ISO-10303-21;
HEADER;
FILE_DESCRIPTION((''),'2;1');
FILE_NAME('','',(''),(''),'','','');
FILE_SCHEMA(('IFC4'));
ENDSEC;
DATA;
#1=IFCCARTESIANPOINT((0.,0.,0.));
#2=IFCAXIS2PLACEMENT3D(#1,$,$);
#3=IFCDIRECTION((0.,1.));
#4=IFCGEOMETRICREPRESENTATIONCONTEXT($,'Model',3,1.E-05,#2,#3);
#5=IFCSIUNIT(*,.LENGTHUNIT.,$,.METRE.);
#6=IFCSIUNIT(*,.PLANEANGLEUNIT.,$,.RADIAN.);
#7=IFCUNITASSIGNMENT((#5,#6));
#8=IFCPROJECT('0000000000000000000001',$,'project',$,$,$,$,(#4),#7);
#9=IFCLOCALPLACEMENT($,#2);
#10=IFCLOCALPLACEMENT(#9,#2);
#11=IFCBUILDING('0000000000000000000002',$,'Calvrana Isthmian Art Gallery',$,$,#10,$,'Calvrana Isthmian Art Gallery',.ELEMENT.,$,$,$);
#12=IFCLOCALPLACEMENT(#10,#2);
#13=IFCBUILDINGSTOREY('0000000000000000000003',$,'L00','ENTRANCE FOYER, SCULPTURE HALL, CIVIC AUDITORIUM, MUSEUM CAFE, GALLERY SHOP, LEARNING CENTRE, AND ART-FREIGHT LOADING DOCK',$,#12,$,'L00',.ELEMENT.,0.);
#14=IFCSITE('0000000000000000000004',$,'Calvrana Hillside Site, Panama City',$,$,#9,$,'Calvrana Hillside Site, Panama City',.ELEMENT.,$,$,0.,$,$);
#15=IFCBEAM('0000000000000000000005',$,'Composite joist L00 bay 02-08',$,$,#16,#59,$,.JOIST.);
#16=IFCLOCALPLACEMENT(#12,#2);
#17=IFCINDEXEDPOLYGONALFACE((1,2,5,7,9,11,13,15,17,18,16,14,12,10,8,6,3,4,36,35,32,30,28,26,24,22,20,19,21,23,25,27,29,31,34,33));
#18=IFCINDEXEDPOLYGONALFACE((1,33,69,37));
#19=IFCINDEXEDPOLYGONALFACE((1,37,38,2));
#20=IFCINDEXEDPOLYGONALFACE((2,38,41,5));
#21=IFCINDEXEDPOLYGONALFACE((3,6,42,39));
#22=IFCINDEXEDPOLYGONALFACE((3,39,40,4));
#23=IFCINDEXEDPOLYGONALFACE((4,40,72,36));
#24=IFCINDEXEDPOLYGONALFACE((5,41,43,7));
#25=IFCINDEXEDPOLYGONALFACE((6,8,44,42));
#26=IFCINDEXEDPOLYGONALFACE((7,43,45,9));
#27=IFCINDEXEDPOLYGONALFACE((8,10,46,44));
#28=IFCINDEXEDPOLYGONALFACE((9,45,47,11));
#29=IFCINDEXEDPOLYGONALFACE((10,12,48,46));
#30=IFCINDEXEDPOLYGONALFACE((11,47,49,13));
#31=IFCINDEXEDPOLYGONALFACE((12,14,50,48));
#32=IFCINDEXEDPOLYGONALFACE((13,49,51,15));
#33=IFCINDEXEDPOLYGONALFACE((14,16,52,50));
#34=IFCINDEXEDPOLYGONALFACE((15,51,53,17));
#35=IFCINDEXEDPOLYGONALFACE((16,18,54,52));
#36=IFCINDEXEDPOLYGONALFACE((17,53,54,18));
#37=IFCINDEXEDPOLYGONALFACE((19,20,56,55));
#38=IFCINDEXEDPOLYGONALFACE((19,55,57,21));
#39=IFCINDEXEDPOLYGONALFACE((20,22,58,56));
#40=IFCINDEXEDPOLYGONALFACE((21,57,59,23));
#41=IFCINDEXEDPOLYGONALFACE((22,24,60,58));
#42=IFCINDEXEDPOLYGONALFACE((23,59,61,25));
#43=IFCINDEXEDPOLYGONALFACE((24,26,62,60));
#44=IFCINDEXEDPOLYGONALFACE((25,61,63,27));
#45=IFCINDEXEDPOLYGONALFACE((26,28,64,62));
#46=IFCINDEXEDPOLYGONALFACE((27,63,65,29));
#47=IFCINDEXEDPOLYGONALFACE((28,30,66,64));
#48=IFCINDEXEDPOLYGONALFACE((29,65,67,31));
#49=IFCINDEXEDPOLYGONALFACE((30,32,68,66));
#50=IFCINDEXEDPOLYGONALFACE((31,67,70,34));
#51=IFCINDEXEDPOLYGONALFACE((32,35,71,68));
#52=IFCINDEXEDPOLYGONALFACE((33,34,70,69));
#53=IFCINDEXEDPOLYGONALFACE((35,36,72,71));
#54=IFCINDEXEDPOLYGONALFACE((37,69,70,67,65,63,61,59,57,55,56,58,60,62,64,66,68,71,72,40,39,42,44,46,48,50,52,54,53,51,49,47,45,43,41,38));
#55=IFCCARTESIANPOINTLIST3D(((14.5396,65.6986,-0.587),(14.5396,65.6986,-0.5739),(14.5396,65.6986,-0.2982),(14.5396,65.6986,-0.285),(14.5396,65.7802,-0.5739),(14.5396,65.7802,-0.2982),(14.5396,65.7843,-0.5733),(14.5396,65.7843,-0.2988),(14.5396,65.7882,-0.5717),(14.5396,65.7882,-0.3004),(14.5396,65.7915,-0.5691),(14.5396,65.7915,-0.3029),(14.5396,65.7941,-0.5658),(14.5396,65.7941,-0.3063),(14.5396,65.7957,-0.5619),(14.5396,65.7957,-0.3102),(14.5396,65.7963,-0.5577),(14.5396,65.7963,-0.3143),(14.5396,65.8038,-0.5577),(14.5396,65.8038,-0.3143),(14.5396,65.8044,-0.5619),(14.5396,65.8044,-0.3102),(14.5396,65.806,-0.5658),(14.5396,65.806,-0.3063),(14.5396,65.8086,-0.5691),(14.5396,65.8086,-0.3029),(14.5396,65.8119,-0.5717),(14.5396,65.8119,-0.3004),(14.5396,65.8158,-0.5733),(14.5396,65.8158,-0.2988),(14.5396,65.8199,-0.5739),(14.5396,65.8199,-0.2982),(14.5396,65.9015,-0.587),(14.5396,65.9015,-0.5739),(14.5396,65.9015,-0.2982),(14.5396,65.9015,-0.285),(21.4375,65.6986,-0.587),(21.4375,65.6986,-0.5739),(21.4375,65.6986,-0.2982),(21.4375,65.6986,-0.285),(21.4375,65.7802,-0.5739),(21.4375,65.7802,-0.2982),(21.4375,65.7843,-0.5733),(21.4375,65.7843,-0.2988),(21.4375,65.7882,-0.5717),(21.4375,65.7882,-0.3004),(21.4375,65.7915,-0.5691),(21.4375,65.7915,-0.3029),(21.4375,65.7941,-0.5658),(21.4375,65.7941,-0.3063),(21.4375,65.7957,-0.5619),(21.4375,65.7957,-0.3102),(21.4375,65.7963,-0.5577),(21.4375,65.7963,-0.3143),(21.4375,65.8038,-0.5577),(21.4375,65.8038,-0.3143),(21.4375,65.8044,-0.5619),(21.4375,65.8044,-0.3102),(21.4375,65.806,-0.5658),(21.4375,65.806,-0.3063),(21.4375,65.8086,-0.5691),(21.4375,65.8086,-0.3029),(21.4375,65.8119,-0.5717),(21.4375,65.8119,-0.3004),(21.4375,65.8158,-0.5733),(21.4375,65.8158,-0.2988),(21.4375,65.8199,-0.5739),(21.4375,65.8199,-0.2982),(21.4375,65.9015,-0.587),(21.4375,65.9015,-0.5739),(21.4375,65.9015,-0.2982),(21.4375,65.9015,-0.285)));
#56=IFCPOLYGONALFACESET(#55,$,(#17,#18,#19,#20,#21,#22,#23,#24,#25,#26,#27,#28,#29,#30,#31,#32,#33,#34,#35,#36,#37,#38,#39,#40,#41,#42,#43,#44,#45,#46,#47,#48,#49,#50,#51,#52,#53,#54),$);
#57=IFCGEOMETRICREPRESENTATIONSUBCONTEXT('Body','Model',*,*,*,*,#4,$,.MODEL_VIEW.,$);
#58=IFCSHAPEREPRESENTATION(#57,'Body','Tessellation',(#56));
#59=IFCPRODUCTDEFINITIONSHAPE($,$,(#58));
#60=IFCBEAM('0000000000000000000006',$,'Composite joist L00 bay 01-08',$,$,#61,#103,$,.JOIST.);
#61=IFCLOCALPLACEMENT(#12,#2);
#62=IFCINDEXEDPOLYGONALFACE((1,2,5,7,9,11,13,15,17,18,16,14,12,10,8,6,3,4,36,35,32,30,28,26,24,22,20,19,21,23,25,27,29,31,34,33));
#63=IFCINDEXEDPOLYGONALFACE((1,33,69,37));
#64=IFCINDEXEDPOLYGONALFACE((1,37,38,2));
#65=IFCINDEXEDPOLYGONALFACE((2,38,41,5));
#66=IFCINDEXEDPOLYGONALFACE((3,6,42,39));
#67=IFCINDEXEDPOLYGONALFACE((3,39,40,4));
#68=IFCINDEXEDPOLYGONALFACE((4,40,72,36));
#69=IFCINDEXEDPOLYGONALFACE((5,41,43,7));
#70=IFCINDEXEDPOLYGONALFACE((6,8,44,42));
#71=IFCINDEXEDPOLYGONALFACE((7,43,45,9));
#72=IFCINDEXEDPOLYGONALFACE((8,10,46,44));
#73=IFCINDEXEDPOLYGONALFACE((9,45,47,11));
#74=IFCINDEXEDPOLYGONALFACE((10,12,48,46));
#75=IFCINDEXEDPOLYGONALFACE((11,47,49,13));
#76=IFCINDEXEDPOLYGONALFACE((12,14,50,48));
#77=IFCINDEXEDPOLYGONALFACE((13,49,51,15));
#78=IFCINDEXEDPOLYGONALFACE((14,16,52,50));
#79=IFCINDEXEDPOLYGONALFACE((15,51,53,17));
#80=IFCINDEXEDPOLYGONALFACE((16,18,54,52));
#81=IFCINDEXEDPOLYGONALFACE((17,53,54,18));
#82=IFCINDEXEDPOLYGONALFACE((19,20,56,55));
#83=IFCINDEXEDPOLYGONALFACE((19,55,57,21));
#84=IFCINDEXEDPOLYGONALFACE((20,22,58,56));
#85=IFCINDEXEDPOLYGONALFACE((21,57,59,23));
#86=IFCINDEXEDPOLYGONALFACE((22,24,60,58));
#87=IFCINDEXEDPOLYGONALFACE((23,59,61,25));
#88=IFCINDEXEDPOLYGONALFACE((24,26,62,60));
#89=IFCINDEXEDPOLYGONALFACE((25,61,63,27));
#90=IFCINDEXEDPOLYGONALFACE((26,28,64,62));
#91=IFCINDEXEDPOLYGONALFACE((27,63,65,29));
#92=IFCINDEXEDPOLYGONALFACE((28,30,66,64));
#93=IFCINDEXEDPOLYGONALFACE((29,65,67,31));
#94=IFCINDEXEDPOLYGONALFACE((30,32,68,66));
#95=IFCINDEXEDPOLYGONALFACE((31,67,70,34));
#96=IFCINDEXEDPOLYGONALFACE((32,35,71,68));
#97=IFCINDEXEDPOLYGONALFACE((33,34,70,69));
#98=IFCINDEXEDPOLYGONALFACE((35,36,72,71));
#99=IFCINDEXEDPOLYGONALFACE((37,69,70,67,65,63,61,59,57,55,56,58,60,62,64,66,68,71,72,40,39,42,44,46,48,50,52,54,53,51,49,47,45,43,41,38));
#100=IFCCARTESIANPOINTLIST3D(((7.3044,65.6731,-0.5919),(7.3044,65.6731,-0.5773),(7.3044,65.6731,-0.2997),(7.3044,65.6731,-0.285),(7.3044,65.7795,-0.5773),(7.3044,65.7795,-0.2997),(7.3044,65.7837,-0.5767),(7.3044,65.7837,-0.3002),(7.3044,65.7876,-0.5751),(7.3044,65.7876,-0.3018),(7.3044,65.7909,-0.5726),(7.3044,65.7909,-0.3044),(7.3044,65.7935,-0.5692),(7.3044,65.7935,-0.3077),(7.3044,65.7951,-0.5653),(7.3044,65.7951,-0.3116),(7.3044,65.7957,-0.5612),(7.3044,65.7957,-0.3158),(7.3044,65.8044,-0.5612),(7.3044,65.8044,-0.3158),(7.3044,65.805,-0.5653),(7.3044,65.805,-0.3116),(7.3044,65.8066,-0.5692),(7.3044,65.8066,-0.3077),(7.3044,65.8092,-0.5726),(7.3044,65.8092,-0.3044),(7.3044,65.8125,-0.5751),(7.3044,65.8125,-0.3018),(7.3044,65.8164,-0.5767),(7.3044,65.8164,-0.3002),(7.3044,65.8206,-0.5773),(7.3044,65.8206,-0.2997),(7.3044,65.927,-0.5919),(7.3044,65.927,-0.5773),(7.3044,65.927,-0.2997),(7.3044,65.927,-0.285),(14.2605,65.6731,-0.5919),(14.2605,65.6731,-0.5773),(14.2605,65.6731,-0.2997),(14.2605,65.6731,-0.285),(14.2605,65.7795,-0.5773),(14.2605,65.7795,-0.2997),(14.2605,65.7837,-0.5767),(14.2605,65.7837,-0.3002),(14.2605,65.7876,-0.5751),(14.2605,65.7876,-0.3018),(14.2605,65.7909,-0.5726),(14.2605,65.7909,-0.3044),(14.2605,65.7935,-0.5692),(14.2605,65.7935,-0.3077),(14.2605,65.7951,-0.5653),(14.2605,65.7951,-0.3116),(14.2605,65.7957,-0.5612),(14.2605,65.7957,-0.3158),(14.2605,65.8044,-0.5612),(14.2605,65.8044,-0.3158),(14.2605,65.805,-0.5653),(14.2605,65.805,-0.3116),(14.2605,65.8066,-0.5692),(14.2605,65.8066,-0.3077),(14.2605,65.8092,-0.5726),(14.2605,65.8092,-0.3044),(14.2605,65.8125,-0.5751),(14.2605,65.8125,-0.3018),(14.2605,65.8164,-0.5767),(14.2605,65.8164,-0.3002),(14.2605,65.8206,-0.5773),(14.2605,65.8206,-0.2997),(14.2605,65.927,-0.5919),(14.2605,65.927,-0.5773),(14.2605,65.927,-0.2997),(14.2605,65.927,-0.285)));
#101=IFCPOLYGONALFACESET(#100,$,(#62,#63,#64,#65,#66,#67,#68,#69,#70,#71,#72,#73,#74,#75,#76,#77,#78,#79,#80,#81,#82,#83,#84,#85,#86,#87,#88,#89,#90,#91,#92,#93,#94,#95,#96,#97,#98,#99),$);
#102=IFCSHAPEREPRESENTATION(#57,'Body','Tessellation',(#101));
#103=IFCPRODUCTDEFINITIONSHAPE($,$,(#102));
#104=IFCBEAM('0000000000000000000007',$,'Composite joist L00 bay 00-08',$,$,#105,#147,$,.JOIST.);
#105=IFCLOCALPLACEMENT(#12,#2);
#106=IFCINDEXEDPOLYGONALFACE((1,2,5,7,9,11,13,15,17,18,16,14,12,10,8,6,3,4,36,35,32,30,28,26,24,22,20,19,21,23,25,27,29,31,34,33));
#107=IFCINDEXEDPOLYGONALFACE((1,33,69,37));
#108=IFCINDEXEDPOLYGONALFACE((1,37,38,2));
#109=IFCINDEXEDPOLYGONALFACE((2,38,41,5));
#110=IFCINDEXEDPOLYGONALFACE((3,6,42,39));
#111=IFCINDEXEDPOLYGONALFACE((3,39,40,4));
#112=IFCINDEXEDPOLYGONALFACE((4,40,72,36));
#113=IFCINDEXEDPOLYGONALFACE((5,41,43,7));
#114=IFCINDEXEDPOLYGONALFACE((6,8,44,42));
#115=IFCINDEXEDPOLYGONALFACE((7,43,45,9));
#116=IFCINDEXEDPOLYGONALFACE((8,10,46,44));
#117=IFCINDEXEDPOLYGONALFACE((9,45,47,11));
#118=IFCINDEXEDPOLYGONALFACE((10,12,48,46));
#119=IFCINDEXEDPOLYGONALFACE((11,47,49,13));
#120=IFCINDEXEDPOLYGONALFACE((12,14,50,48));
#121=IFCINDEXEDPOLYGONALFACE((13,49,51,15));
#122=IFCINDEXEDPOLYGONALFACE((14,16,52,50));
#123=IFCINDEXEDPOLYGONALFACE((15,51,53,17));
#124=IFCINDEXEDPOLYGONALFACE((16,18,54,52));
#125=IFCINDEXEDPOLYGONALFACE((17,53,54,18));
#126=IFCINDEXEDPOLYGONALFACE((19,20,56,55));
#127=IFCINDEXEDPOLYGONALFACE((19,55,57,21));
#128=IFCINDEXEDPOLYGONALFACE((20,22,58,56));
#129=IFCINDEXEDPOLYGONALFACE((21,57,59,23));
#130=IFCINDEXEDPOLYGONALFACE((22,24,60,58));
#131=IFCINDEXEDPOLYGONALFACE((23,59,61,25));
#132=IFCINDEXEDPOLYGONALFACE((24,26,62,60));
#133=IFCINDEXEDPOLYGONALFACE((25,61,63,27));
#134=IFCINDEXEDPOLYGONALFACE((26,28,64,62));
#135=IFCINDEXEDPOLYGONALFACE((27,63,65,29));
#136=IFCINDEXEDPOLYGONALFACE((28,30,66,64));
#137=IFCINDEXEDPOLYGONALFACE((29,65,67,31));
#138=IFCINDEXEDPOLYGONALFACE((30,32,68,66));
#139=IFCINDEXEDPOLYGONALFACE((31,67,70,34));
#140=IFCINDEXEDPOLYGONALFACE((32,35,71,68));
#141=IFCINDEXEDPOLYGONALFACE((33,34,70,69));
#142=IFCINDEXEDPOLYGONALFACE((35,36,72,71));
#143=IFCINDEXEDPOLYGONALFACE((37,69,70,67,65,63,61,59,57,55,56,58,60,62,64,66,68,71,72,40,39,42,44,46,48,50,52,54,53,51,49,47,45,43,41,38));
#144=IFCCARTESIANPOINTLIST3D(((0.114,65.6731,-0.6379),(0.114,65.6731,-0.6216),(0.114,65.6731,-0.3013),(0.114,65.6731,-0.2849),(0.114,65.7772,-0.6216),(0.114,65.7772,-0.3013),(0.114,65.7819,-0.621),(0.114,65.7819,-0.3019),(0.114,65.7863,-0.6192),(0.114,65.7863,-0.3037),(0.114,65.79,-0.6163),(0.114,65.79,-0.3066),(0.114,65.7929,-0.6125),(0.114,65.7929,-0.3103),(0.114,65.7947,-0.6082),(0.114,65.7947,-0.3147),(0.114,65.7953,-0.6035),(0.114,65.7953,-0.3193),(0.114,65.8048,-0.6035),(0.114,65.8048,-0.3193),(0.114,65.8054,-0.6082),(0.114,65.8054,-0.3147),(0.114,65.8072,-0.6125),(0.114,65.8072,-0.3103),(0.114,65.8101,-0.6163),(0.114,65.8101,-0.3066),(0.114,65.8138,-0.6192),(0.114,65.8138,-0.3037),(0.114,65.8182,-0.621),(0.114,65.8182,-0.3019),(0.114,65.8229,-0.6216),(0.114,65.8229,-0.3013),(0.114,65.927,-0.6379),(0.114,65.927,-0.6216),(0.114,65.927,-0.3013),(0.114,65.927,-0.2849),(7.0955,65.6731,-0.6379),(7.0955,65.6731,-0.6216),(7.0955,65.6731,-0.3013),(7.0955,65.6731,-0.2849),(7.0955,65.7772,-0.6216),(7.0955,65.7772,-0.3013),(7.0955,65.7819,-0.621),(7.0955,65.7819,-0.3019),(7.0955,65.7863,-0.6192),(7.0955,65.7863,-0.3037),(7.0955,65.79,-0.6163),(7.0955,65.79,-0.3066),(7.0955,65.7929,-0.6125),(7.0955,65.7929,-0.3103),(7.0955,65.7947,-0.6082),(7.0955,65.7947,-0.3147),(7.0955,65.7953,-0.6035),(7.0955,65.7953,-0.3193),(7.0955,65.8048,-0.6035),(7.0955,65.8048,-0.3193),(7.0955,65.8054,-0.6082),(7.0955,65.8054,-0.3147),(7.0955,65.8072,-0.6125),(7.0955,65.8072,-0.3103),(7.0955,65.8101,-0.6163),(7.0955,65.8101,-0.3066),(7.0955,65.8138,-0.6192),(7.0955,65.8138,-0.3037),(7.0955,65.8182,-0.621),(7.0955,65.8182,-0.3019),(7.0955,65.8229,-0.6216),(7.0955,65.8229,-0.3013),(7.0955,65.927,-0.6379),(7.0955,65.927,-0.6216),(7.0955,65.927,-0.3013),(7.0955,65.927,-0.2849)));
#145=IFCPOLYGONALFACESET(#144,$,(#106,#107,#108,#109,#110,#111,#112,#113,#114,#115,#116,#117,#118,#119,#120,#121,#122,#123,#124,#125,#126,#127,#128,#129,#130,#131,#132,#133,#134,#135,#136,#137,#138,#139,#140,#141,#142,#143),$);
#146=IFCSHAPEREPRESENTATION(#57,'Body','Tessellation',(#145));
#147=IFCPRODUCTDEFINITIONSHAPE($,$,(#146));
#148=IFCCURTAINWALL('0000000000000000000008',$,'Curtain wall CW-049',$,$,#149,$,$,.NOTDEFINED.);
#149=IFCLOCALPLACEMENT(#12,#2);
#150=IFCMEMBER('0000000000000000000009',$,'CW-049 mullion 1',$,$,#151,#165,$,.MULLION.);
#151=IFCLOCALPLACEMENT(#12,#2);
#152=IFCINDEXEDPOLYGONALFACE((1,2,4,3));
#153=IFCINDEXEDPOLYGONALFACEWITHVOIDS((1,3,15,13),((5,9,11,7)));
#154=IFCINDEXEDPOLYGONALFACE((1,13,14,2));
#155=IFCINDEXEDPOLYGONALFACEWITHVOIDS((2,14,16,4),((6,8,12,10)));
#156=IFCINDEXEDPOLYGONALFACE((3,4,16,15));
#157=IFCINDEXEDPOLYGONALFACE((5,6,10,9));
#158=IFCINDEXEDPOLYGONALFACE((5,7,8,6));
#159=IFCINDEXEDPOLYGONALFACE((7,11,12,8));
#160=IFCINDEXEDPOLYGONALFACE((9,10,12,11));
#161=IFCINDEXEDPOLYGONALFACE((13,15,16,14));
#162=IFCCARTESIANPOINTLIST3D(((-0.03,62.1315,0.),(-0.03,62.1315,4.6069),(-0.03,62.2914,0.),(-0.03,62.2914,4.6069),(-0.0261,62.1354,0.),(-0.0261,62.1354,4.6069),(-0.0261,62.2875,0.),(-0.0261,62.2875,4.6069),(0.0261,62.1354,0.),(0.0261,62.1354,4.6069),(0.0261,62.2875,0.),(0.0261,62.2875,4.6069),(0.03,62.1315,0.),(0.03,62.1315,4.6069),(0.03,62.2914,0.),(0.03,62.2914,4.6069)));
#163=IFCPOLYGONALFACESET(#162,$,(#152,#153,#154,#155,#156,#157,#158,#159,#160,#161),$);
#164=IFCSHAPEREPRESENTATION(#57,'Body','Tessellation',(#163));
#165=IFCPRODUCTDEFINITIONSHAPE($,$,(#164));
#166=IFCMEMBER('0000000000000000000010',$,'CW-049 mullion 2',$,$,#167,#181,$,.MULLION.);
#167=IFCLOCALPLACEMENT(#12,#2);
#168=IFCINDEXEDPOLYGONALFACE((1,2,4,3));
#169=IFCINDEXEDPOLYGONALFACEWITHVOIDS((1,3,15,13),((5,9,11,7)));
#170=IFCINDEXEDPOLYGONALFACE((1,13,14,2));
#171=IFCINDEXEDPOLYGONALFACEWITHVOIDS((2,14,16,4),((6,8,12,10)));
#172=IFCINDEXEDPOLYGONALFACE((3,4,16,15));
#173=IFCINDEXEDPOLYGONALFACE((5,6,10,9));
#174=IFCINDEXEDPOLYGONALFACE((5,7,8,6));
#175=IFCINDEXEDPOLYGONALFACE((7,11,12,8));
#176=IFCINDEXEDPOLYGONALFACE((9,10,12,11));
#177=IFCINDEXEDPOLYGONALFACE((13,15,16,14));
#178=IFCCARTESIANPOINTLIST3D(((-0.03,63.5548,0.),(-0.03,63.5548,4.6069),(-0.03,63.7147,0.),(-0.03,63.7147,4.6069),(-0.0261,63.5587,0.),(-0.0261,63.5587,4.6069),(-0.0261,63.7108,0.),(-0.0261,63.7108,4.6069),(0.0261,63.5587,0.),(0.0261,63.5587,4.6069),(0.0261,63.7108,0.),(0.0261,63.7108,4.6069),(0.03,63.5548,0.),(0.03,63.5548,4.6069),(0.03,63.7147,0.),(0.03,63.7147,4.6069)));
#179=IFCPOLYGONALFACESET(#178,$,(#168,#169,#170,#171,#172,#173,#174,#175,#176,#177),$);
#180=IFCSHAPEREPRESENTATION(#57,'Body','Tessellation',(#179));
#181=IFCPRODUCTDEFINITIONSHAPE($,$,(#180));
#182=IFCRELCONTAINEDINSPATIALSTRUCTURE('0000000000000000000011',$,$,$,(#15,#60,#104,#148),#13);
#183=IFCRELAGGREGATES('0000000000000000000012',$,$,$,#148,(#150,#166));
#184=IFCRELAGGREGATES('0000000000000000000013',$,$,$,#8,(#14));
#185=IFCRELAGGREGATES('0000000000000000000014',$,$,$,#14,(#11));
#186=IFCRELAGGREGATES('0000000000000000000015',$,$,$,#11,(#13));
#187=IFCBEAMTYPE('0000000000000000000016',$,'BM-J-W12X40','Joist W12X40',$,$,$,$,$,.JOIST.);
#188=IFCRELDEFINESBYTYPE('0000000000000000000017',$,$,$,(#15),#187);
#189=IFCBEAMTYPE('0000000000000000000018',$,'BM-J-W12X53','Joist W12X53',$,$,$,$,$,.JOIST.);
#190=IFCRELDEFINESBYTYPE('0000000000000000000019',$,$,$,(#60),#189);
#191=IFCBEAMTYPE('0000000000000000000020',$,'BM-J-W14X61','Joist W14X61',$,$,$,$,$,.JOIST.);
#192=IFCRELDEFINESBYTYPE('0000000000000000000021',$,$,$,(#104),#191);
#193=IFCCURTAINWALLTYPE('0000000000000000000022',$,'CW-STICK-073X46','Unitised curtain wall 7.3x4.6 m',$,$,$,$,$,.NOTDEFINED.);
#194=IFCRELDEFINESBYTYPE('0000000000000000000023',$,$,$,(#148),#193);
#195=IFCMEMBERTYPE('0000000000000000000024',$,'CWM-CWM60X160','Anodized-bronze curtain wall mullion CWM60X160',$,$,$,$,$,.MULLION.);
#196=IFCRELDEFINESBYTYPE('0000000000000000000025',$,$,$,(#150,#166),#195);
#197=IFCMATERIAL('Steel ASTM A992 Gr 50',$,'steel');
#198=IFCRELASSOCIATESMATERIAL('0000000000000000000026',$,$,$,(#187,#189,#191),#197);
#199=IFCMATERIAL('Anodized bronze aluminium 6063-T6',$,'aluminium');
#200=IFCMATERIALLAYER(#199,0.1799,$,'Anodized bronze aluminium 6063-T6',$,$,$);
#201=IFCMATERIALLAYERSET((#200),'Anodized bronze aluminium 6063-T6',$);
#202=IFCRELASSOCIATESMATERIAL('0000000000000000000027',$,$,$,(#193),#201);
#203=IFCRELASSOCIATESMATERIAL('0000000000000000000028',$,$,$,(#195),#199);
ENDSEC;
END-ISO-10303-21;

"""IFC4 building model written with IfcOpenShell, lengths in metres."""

from ifc_helpers import new_model, si_unit, direction, frame, origin, origin_2d, place, context, subcontext, project, spatial, hollow_rectangle, i_section, extrude, material, layer, layer_set, material_profile, profile_set, type_object, element, aggregate, save


model = new_model("IFC4")

# Units and contexts
model_context = context("Model", 3, precision=1e-05, world=origin(), true_north=direction((0.0, 1.0)))
body_context = subcontext(model_context, "Body", "Model", "MODEL_VIEW")
ifc_project = project(units=[si_unit("LENGTHUNIT", "METRE"), si_unit("PLANEANGLEUNIT", "RADIAN")], contexts=[model_context])

# Site, building, storey
site_placement = place(None, origin())
site = spatial("IfcSite", under=ifc_project, at=site_placement, Name="Calvrana Hillside Site, Panama City", LongName="Calvrana Hillside Site, Panama City", CompositionType="ELEMENT", RefElevation=0.0)
building_placement = place(site_placement, origin())
building = spatial("IfcBuilding", under=site, at=building_placement, Name="Calvrana Isthmian Art Gallery", LongName="Calvrana Isthmian Art Gallery", CompositionType="ELEMENT")
storey_placement = place(building_placement, origin())
storey = spatial("IfcBuildingStorey", under=building, at=storey_placement, Name="L00", Description="ENTRANCE FOYER, SCULPTURE HALL, CIVIC AUDITORIUM, MUSEUM CAFE, GALLERY SHOP, LEARNING CENTRE, AND ART-FREIGHT LOADING DOCK", LongName="L00", CompositionType="ELEMENT", Elevation=0.0)

# Beams
ifc_material_1 = material(Name="Steel ASTM A992 Gr 50", Category="steel")
ifc_material_profile_1 = material_profile(ifc_material_1, i_section(OverallWidth=0.2029, OverallDepth=0.302, WebThickness=0.0076, FlangeThickness=0.0132, FilletRadius=0.0161, at=origin_2d()), Name="W12X40")
ifc_profile_set_1 = profile_set([ifc_material_profile_1], Name="Steel ASTM A992 Gr 50")
beam_type_1 = type_object("IfcBeamType", Name="BM-J-W12X40", Description="Joist W12X40", PredefinedType="JOIST", material=ifc_profile_set_1)
beam_1_placement = place(storey_placement, frame((14.5396, 65.8, -0.436), z_axis=(1.0, 0.0, 0.0), x_axis=(0.0, 1.0, 0.0)))
element("IfcBeam", 1, at=beam_1_placement, inside=storey, type_object=beam_type_1, Name="Composite joist L00 bay 02-08", PredefinedType="JOIST", context=body_context, shape_type="SweptSolid", body=[
    extrude(i_section(OverallWidth=0.2029, OverallDepth=0.302, WebThickness=0.0076, FlangeThickness=0.0132, FilletRadius=0.0161, at=origin_2d()), origin(), (0.0, 0.0, 1.0), 6.8979),
])
ifc_material_profile_2 = material_profile(ifc_material_1, i_section(OverallWidth=0.2539, OverallDepth=0.3069, WebThickness=0.0088, FlangeThickness=0.0146, FilletRadius=0.0161, at=origin_2d()), Name="W12X53")
ifc_profile_set_2 = profile_set([ifc_material_profile_2], Name="Steel ASTM A992 Gr 50")
beam_type_2 = type_object("IfcBeamType", Name="BM-J-W12X53", Description="Joist W12X53", PredefinedType="JOIST", material=ifc_profile_set_2)
beam_2_placement = place(storey_placement, frame((7.3044, 65.8, -0.4385), z_axis=(1.0, 0.0, 0.0), x_axis=(0.0, 1.0, 0.0)))
element("IfcBeam", 2, at=beam_2_placement, inside=storey, type_object=beam_type_2, Name="Composite joist L00 bay 01-08", PredefinedType="JOIST", context=body_context, shape_type="SweptSolid", body=[
    extrude(i_section(OverallWidth=0.2539, OverallDepth=0.3069, WebThickness=0.0088, FlangeThickness=0.0146, FilletRadius=0.0161, at=origin_2d()), origin(), (0.0, 0.0, 1.0), 6.9561),
])
ifc_material_profile_3 = material_profile(ifc_material_1, i_section(OverallWidth=0.2539, OverallDepth=0.353, WebThickness=0.0095, FlangeThickness=0.0164, FilletRadius=0.0181, at=origin_2d()), Name="W14X61")
ifc_profile_set_3 = profile_set([ifc_material_profile_3], Name="Steel ASTM A992 Gr 50")
beam_type_3 = type_object("IfcBeamType", Name="BM-J-W14X61", Description="Joist W14X61", PredefinedType="JOIST", material=ifc_profile_set_3)
beam_3_placement = place(storey_placement, frame((0.114, 65.8, -0.4614), z_axis=(1.0, 0.0, 0.0), x_axis=(0.0, 1.0, 0.0)))
element("IfcBeam", 3, at=beam_3_placement, inside=storey, type_object=beam_type_3, Name="Composite joist L00 bay 00-08", PredefinedType="JOIST", context=body_context, shape_type="SweptSolid", body=[
    extrude(i_section(OverallWidth=0.2539, OverallDepth=0.353, WebThickness=0.0095, FlangeThickness=0.0164, FilletRadius=0.0181, at=origin_2d()), origin(), (0.0, 0.0, 1.0), 6.9814),
])

# Curtain wall, members
ifc_material_2 = material(Name="Anodized bronze aluminium 6063-T6", Category="aluminium")
ifc_layer_1 = layer(ifc_material_2, 0.1799, Name="Anodized bronze aluminium 6063-T6")
ifc_layer_set_1 = layer_set([ifc_layer_1], Name="Anodized bronze aluminium 6063-T6")
curtain_wall_type = type_object("IfcCurtainWallType", Name="CW-STICK-073X46", Description="Unitised curtain wall 7.3x4.6 m", PredefinedType="NOTDEFINED", material=ifc_layer_set_1)
curtain_wall_placement = place(storey_placement, origin())
curtain_wall = element("IfcCurtainWall", 4, at=curtain_wall_placement, inside=storey, type_object=curtain_wall_type, Name="Curtain wall CW-049", PredefinedType="NOTDEFINED")
ifc_material_profile_4 = material_profile(ifc_material_2, hollow_rectangle(XDim=0.0601, YDim=0.1599, WallThickness=0.0039, at=origin_2d()), Name="CWM60X160")
ifc_profile_set_4 = profile_set([ifc_material_profile_4], Name="Anodized bronze aluminium 6063-T6")
member_type_1 = type_object("IfcMemberType", Name="CWM-CWM60X160", Description="Anodized-bronze curtain wall mullion CWM60X160", PredefinedType="MULLION", material=ifc_profile_set_4)
member_1_placement = place(storey_placement, frame((0.0, 62.2114, 0.0), z_axis=(0.0, 0.0, 1.0), x_axis=(-1.0, 0.0, 0.0)))
member_1 = element("IfcMember", 5, at=member_1_placement, type_object=member_type_1, Name="CW-049 mullion 1", PredefinedType="MULLION", context=body_context, shape_type="SweptSolid", body=[
    extrude(hollow_rectangle(XDim=0.0601, YDim=0.1599, WallThickness=0.0039, at=origin_2d()), origin(), (0.0, 0.0, 1.0), 4.6069),
])
member_2_placement = place(storey_placement, frame((0.0, 63.6348, 0.0), z_axis=(0.0, 0.0, 1.0), x_axis=(-1.0, 0.0, 0.0)))
member_2 = element("IfcMember", 6, at=member_2_placement, type_object=member_type_1, Name="CW-049 mullion 2", PredefinedType="MULLION", context=body_context, shape_type="SweptSolid", body=[
    extrude(hollow_rectangle(XDim=0.0601, YDim=0.1599, WallThickness=0.0039, at=origin_2d()), origin(), (0.0, 0.0, 1.0), 4.6069),
])
aggregate(curtain_wall, [member_1, member_2])

save(model, "model.ifc")
